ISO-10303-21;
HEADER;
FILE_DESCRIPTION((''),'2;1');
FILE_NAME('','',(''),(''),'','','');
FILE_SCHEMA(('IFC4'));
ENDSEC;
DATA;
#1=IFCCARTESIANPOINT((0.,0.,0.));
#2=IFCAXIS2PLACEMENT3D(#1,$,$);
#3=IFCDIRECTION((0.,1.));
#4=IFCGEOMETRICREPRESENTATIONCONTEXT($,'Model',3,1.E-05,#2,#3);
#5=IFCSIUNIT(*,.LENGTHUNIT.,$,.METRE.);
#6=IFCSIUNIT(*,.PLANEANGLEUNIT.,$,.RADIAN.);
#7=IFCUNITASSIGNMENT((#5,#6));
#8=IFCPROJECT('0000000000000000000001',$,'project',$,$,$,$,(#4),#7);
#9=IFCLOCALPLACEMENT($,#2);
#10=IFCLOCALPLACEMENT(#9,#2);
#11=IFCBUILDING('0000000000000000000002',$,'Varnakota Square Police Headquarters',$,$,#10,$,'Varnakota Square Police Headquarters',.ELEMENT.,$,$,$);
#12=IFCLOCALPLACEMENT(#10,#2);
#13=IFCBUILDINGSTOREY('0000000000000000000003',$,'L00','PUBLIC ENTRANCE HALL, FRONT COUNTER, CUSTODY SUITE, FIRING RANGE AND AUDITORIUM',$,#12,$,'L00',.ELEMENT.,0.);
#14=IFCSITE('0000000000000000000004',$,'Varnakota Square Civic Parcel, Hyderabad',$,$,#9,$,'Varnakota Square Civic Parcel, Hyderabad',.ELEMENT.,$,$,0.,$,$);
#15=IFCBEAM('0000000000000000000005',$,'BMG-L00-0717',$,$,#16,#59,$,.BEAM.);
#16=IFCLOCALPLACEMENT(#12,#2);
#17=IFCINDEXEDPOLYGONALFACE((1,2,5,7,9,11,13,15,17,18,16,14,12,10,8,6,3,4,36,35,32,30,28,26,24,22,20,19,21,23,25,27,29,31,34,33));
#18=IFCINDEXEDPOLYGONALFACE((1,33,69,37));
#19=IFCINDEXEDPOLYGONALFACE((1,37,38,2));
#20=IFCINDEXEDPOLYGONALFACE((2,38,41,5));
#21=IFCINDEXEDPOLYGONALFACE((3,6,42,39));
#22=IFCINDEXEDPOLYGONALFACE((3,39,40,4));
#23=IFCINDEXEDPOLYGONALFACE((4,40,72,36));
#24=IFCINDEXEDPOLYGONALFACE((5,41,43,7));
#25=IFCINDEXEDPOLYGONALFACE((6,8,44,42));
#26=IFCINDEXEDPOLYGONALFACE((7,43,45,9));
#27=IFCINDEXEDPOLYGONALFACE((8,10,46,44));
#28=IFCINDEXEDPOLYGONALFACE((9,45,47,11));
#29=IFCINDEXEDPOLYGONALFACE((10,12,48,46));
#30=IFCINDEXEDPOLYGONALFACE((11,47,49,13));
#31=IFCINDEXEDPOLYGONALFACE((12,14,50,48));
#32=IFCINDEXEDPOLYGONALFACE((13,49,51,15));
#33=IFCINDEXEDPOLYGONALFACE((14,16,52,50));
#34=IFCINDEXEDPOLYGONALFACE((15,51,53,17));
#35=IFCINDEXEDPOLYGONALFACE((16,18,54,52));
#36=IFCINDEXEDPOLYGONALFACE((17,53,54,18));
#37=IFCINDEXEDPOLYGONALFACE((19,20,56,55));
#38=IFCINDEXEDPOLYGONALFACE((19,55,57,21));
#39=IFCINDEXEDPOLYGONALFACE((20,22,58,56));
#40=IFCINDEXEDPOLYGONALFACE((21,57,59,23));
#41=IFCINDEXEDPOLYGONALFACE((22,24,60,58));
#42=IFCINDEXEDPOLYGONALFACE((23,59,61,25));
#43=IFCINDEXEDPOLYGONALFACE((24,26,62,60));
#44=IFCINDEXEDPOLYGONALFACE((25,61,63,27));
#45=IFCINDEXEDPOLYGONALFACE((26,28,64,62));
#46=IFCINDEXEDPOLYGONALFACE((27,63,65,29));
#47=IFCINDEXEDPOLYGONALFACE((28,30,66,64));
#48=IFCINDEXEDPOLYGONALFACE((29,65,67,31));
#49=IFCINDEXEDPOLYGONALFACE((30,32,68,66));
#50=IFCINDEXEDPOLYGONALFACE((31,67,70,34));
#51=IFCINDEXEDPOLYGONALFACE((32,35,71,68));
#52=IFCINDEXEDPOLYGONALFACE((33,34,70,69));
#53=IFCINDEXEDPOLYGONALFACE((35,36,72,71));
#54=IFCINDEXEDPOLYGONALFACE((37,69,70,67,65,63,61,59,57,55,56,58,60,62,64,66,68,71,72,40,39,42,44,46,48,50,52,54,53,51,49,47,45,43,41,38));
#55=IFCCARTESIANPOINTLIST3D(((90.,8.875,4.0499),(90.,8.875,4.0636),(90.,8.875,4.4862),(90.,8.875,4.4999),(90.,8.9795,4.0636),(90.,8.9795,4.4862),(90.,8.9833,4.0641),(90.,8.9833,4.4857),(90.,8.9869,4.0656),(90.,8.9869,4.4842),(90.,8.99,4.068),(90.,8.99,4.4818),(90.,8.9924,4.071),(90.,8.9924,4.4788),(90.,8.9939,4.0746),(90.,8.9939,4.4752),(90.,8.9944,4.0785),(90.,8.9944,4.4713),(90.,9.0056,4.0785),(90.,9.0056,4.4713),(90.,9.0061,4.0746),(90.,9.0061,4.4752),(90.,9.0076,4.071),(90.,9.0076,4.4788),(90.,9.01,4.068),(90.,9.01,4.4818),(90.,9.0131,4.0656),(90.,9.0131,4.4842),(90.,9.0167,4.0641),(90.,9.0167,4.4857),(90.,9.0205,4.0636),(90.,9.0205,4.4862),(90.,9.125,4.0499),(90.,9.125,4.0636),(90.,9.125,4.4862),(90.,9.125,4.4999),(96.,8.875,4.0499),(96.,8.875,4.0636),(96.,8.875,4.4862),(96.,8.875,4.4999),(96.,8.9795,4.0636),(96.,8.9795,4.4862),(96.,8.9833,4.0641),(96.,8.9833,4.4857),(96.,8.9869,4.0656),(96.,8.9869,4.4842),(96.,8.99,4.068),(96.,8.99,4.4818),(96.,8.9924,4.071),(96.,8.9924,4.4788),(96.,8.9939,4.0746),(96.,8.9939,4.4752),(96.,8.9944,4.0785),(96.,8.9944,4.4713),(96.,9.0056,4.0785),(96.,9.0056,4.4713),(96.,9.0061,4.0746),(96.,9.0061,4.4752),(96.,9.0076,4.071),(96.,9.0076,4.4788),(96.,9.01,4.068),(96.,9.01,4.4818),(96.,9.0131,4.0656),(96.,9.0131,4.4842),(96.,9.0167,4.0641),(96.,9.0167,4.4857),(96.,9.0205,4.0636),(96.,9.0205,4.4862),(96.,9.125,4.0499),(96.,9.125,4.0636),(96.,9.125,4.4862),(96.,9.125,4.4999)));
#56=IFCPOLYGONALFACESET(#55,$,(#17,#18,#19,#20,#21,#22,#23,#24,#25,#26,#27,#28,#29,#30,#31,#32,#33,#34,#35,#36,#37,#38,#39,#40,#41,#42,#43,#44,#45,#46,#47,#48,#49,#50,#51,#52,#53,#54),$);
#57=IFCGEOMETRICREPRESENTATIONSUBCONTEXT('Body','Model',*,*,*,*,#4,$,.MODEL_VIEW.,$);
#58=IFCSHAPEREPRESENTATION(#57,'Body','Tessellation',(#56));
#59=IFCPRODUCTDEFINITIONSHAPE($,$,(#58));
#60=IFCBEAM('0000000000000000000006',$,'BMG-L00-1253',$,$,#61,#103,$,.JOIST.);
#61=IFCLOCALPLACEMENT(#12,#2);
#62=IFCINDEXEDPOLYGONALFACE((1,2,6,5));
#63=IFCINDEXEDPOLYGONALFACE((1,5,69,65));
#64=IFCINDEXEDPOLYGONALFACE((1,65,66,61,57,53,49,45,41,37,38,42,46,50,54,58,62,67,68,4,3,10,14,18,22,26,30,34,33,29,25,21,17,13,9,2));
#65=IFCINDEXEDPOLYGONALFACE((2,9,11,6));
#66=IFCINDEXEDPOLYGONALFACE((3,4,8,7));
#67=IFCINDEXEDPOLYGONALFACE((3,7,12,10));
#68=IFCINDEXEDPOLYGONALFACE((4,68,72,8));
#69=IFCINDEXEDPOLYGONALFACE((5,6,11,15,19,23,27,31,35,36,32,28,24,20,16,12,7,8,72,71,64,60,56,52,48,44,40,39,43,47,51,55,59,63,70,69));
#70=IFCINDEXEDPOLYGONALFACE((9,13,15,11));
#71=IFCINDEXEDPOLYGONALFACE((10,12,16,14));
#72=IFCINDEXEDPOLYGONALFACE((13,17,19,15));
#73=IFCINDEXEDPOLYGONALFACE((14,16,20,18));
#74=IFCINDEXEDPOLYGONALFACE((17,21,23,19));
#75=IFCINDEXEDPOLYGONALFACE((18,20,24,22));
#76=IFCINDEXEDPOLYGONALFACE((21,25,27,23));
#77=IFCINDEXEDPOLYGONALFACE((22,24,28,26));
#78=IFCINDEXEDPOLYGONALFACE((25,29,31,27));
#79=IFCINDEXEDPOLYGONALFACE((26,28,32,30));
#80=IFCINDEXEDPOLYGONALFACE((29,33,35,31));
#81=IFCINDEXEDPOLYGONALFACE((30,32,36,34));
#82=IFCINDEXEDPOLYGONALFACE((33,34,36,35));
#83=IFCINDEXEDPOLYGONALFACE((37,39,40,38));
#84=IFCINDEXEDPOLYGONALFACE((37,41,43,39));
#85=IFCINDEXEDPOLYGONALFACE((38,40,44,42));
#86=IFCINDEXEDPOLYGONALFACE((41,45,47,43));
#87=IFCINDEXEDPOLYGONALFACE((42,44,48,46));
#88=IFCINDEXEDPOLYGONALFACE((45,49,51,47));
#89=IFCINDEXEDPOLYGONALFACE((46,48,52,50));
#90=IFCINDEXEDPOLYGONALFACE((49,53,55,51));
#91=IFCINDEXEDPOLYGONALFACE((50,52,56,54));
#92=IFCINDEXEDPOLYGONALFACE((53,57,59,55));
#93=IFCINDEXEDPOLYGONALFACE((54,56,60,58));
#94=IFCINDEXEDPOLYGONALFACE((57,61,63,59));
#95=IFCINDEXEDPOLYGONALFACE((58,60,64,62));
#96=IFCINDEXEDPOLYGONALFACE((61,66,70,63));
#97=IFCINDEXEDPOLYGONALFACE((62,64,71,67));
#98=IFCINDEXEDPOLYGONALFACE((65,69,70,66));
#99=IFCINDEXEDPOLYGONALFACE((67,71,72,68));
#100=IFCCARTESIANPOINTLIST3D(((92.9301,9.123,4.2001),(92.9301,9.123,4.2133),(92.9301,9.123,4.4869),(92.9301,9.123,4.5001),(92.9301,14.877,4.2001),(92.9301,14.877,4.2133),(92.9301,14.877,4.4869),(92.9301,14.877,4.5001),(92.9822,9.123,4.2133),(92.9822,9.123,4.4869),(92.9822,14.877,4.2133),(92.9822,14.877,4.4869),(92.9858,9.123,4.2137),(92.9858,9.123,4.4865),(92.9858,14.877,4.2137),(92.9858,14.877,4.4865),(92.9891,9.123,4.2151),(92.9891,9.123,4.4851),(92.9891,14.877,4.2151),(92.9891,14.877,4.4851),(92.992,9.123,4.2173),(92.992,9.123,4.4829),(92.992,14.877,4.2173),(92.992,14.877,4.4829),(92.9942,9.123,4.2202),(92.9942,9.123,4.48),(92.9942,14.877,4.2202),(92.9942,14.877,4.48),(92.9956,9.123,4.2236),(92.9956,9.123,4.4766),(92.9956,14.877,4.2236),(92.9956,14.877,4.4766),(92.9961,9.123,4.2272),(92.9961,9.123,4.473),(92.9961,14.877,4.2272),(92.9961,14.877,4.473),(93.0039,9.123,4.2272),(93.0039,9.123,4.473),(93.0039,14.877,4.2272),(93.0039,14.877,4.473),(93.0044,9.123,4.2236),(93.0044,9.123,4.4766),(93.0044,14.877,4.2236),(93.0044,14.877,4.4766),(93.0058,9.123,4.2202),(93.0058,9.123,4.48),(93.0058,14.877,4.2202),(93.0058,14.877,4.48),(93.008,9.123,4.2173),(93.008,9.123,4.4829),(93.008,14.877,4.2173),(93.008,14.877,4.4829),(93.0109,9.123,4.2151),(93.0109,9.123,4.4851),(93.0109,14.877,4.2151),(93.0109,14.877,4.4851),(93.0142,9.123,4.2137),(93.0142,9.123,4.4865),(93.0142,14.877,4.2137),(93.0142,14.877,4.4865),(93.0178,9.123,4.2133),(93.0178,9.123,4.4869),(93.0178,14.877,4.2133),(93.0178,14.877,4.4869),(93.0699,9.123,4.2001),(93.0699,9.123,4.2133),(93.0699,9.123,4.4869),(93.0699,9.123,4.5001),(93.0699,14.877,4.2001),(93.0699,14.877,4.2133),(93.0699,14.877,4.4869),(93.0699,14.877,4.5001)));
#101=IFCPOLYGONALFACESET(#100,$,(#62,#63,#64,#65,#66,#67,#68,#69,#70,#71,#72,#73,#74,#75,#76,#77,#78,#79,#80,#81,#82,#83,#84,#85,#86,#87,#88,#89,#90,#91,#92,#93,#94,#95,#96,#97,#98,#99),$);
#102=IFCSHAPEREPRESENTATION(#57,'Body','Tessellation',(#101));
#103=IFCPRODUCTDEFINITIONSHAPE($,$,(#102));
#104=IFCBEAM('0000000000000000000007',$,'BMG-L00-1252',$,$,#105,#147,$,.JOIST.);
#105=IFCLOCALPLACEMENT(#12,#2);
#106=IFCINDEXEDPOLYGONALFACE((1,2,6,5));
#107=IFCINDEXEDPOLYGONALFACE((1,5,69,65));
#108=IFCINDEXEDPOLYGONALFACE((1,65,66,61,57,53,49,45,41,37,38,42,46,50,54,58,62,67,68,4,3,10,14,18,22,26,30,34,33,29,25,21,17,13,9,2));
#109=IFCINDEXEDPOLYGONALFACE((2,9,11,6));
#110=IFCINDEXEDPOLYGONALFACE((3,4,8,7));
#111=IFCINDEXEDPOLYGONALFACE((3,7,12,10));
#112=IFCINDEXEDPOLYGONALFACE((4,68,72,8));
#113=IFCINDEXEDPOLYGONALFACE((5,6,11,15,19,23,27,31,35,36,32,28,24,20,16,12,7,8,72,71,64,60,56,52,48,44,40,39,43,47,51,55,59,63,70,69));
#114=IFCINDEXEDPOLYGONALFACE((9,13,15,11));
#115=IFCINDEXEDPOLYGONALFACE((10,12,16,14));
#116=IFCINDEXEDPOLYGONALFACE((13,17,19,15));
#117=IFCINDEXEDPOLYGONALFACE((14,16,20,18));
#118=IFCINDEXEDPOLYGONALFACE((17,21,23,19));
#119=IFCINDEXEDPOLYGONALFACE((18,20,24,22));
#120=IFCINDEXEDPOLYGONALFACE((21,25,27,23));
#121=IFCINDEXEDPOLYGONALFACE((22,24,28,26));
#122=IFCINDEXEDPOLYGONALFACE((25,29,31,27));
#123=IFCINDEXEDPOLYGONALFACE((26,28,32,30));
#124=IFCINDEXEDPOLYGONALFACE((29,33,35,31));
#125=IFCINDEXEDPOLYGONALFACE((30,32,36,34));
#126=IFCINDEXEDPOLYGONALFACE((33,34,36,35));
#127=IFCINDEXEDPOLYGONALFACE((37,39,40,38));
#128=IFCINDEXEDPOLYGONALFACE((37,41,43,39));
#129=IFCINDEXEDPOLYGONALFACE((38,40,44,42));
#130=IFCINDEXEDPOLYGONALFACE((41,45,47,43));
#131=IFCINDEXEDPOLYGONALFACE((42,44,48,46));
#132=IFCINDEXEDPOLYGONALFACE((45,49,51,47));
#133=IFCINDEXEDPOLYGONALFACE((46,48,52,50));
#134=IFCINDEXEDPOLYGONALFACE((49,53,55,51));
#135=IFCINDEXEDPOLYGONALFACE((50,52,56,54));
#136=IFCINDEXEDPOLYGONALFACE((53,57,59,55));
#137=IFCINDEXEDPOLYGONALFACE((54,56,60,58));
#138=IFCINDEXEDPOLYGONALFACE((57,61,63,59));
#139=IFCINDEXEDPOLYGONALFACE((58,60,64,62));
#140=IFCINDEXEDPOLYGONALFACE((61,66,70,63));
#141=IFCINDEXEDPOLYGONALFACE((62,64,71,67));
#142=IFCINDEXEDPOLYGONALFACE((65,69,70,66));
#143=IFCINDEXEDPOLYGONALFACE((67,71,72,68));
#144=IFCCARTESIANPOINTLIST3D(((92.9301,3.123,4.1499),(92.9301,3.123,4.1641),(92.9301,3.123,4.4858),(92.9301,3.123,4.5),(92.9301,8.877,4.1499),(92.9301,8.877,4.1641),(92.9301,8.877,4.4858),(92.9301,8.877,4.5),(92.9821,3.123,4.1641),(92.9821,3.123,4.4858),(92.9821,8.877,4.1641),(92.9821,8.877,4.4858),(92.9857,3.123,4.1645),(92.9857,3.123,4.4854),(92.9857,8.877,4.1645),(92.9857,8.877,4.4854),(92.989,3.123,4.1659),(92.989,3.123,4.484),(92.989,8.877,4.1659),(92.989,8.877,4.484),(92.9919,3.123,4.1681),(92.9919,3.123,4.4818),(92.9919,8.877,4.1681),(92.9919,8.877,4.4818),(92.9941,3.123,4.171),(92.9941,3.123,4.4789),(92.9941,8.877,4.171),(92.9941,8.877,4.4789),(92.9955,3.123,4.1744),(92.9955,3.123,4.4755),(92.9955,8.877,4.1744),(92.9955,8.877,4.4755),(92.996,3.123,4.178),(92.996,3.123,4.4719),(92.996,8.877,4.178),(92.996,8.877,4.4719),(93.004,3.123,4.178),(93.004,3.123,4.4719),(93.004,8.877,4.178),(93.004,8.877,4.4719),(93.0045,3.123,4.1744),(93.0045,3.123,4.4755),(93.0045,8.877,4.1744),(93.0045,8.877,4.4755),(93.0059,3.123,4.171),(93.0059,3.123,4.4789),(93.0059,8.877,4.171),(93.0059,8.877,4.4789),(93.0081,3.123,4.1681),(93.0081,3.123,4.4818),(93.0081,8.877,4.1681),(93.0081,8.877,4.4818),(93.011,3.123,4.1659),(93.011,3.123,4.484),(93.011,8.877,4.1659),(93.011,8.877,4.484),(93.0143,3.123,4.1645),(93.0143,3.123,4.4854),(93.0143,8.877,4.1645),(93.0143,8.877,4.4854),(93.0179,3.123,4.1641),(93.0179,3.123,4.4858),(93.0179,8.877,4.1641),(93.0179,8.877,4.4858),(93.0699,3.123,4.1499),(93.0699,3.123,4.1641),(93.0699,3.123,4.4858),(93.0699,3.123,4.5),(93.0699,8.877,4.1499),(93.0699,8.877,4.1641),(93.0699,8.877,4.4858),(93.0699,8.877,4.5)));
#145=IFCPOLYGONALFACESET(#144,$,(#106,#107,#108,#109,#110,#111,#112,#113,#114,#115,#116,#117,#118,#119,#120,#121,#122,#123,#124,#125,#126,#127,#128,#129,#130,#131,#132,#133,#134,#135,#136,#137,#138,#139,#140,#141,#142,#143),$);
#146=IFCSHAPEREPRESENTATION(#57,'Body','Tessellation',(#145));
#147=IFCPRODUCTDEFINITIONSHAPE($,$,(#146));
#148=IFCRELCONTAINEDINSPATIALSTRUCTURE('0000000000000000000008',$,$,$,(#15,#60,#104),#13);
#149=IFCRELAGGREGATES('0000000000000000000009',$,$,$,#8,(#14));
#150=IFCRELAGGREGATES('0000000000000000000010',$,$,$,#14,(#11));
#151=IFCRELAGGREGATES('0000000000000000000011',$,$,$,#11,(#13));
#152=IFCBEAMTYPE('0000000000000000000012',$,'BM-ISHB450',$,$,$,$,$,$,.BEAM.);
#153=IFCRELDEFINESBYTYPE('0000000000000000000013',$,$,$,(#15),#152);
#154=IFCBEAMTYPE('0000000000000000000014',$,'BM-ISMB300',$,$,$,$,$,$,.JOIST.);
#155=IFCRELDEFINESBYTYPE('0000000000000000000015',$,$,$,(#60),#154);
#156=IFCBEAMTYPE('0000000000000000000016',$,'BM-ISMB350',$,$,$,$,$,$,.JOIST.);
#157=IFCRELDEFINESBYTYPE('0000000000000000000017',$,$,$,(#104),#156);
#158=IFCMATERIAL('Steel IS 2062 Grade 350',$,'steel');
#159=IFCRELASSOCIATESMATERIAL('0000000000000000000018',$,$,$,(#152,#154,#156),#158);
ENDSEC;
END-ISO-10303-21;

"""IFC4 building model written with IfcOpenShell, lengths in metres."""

from ifc_helpers import new_model, si_unit, direction, frame, origin, origin_2d, place, context, subcontext, project, spatial, i_section, extrude, material, material_profile, profile_set, type_object, element, save


model = new_model("IFC4")

# Units and contexts
model_context = context("Model", 3, precision=1e-05, world=origin(), true_north=direction((0.0, 1.0)))
body_context = subcontext(model_context, "Body", "Model", "MODEL_VIEW")
ifc_project = project(units=[si_unit("LENGTHUNIT", "METRE"), si_unit("PLANEANGLEUNIT", "RADIAN")], contexts=[model_context])

# Site, building, storey
site_placement = place(None, origin())
site = spatial("IfcSite", under=ifc_project, at=site_placement, Name="Varnakota Square Civic Parcel, Hyderabad", LongName="Varnakota Square Civic Parcel, Hyderabad", CompositionType="ELEMENT", RefElevation=0.0)
building_placement = place(site_placement, origin())
building = spatial("IfcBuilding", under=site, at=building_placement, Name="Varnakota Square Police Headquarters", LongName="Varnakota Square Police Headquarters", CompositionType="ELEMENT")
storey_placement = place(building_placement, origin())
storey = spatial("IfcBuildingStorey", under=building, at=storey_placement, Name="L00", Description="PUBLIC ENTRANCE HALL, FRONT COUNTER, CUSTODY SUITE, FIRING RANGE AND AUDITORIUM", LongName="L00", CompositionType="ELEMENT", Elevation=0.0)

# Beams
ifc_material_1 = material(Name="Steel IS 2062 Grade 350", Category="steel")
ifc_material_profile_1 = material_profile(ifc_material_1, i_section(OverallWidth=0.25, OverallDepth=0.45, WebThickness=0.0112, FlangeThickness=0.0137, FilletRadius=0.0149, at=origin_2d()), Name="ISHB 450")
ifc_profile_set_1 = profile_set([ifc_material_profile_1], Name="Steel IS 2062 Grade 350")
beam_type_1 = type_object("IfcBeamType", Name="BM-ISHB450", PredefinedType="BEAM", material=ifc_profile_set_1)
beam_1_placement = place(storey_placement, frame((90.0, 9.0, 4.2749), z_axis=(1.0, 0.0, 0.0), x_axis=(0.0, 1.0, 0.0)))
element("IfcBeam", 1, at=beam_1_placement, inside=storey, type_object=beam_type_1, Name="BMG-L00-0717", PredefinedType="BEAM", context=body_context, shape_type="SweptSolid", body=[
    extrude(i_section(OverallWidth=0.25, OverallDepth=0.45, WebThickness=0.0112, FlangeThickness=0.0137, FilletRadius=0.0149, at=origin_2d()), origin(), (0.0, 0.0, 1.0), 6.0),
])
ifc_material_profile_2 = material_profile(ifc_material_1, i_section(OverallWidth=0.1399, OverallDepth=0.3, WebThickness=0.0078, FlangeThickness=0.0132, FilletRadius=0.0139, at=origin_2d()), Name="ISMB 300")
ifc_profile_set_2 = profile_set([ifc_material_profile_2], Name="Steel IS 2062 Grade 350")
beam_type_2 = type_object("IfcBeamType", Name="BM-ISMB300", PredefinedType="JOIST", material=ifc_profile_set_2)
beam_2_placement = place(storey_placement, frame((93.0, 9.123, 4.3501), z_axis=(0.0, 1.0, 0.0), x_axis=(-1.0, 0.0, 0.0)))
element("IfcBeam", 2, at=beam_2_placement, inside=storey, type_object=beam_type_2, Name="BMG-L00-1253", PredefinedType="JOIST", context=body_context, shape_type="SweptSolid", body=[
    extrude(i_section(OverallWidth=0.1399, OverallDepth=0.3, WebThickness=0.0078, FlangeThickness=0.0132, FilletRadius=0.0139, at=origin_2d()), origin(), (0.0, 0.0, 1.0), 5.7539),
])
ifc_material_profile_3 = material_profile(ifc_material_1, i_section(OverallWidth=0.1399, OverallDepth=0.3501, WebThickness=0.0081, FlangeThickness=0.0142, FilletRadius=0.0139, at=origin_2d()), Name="ISMB 350")
ifc_profile_set_3 = profile_set([ifc_material_profile_3], Name="Steel IS 2062 Grade 350")
beam_type_3 = type_object("IfcBeamType", Name="BM-ISMB350", PredefinedType="JOIST", material=ifc_profile_set_3)
beam_3_placement = place(storey_placement, frame((93.0, 3.123, 4.325), z_axis=(0.0, 1.0, 0.0), x_axis=(-1.0, 0.0, 0.0)))
element("IfcBeam", 3, at=beam_3_placement, inside=storey, type_object=beam_type_3, Name="BMG-L00-1252", PredefinedType="JOIST", context=body_context, shape_type="SweptSolid", body=[
    extrude(i_section(OverallWidth=0.1399, OverallDepth=0.3501, WebThickness=0.0081, FlangeThickness=0.0142, FilletRadius=0.0139, at=origin_2d()), origin(), (0.0, 0.0, 1.0), 5.7539),
])

save(model, "model.ifc")
